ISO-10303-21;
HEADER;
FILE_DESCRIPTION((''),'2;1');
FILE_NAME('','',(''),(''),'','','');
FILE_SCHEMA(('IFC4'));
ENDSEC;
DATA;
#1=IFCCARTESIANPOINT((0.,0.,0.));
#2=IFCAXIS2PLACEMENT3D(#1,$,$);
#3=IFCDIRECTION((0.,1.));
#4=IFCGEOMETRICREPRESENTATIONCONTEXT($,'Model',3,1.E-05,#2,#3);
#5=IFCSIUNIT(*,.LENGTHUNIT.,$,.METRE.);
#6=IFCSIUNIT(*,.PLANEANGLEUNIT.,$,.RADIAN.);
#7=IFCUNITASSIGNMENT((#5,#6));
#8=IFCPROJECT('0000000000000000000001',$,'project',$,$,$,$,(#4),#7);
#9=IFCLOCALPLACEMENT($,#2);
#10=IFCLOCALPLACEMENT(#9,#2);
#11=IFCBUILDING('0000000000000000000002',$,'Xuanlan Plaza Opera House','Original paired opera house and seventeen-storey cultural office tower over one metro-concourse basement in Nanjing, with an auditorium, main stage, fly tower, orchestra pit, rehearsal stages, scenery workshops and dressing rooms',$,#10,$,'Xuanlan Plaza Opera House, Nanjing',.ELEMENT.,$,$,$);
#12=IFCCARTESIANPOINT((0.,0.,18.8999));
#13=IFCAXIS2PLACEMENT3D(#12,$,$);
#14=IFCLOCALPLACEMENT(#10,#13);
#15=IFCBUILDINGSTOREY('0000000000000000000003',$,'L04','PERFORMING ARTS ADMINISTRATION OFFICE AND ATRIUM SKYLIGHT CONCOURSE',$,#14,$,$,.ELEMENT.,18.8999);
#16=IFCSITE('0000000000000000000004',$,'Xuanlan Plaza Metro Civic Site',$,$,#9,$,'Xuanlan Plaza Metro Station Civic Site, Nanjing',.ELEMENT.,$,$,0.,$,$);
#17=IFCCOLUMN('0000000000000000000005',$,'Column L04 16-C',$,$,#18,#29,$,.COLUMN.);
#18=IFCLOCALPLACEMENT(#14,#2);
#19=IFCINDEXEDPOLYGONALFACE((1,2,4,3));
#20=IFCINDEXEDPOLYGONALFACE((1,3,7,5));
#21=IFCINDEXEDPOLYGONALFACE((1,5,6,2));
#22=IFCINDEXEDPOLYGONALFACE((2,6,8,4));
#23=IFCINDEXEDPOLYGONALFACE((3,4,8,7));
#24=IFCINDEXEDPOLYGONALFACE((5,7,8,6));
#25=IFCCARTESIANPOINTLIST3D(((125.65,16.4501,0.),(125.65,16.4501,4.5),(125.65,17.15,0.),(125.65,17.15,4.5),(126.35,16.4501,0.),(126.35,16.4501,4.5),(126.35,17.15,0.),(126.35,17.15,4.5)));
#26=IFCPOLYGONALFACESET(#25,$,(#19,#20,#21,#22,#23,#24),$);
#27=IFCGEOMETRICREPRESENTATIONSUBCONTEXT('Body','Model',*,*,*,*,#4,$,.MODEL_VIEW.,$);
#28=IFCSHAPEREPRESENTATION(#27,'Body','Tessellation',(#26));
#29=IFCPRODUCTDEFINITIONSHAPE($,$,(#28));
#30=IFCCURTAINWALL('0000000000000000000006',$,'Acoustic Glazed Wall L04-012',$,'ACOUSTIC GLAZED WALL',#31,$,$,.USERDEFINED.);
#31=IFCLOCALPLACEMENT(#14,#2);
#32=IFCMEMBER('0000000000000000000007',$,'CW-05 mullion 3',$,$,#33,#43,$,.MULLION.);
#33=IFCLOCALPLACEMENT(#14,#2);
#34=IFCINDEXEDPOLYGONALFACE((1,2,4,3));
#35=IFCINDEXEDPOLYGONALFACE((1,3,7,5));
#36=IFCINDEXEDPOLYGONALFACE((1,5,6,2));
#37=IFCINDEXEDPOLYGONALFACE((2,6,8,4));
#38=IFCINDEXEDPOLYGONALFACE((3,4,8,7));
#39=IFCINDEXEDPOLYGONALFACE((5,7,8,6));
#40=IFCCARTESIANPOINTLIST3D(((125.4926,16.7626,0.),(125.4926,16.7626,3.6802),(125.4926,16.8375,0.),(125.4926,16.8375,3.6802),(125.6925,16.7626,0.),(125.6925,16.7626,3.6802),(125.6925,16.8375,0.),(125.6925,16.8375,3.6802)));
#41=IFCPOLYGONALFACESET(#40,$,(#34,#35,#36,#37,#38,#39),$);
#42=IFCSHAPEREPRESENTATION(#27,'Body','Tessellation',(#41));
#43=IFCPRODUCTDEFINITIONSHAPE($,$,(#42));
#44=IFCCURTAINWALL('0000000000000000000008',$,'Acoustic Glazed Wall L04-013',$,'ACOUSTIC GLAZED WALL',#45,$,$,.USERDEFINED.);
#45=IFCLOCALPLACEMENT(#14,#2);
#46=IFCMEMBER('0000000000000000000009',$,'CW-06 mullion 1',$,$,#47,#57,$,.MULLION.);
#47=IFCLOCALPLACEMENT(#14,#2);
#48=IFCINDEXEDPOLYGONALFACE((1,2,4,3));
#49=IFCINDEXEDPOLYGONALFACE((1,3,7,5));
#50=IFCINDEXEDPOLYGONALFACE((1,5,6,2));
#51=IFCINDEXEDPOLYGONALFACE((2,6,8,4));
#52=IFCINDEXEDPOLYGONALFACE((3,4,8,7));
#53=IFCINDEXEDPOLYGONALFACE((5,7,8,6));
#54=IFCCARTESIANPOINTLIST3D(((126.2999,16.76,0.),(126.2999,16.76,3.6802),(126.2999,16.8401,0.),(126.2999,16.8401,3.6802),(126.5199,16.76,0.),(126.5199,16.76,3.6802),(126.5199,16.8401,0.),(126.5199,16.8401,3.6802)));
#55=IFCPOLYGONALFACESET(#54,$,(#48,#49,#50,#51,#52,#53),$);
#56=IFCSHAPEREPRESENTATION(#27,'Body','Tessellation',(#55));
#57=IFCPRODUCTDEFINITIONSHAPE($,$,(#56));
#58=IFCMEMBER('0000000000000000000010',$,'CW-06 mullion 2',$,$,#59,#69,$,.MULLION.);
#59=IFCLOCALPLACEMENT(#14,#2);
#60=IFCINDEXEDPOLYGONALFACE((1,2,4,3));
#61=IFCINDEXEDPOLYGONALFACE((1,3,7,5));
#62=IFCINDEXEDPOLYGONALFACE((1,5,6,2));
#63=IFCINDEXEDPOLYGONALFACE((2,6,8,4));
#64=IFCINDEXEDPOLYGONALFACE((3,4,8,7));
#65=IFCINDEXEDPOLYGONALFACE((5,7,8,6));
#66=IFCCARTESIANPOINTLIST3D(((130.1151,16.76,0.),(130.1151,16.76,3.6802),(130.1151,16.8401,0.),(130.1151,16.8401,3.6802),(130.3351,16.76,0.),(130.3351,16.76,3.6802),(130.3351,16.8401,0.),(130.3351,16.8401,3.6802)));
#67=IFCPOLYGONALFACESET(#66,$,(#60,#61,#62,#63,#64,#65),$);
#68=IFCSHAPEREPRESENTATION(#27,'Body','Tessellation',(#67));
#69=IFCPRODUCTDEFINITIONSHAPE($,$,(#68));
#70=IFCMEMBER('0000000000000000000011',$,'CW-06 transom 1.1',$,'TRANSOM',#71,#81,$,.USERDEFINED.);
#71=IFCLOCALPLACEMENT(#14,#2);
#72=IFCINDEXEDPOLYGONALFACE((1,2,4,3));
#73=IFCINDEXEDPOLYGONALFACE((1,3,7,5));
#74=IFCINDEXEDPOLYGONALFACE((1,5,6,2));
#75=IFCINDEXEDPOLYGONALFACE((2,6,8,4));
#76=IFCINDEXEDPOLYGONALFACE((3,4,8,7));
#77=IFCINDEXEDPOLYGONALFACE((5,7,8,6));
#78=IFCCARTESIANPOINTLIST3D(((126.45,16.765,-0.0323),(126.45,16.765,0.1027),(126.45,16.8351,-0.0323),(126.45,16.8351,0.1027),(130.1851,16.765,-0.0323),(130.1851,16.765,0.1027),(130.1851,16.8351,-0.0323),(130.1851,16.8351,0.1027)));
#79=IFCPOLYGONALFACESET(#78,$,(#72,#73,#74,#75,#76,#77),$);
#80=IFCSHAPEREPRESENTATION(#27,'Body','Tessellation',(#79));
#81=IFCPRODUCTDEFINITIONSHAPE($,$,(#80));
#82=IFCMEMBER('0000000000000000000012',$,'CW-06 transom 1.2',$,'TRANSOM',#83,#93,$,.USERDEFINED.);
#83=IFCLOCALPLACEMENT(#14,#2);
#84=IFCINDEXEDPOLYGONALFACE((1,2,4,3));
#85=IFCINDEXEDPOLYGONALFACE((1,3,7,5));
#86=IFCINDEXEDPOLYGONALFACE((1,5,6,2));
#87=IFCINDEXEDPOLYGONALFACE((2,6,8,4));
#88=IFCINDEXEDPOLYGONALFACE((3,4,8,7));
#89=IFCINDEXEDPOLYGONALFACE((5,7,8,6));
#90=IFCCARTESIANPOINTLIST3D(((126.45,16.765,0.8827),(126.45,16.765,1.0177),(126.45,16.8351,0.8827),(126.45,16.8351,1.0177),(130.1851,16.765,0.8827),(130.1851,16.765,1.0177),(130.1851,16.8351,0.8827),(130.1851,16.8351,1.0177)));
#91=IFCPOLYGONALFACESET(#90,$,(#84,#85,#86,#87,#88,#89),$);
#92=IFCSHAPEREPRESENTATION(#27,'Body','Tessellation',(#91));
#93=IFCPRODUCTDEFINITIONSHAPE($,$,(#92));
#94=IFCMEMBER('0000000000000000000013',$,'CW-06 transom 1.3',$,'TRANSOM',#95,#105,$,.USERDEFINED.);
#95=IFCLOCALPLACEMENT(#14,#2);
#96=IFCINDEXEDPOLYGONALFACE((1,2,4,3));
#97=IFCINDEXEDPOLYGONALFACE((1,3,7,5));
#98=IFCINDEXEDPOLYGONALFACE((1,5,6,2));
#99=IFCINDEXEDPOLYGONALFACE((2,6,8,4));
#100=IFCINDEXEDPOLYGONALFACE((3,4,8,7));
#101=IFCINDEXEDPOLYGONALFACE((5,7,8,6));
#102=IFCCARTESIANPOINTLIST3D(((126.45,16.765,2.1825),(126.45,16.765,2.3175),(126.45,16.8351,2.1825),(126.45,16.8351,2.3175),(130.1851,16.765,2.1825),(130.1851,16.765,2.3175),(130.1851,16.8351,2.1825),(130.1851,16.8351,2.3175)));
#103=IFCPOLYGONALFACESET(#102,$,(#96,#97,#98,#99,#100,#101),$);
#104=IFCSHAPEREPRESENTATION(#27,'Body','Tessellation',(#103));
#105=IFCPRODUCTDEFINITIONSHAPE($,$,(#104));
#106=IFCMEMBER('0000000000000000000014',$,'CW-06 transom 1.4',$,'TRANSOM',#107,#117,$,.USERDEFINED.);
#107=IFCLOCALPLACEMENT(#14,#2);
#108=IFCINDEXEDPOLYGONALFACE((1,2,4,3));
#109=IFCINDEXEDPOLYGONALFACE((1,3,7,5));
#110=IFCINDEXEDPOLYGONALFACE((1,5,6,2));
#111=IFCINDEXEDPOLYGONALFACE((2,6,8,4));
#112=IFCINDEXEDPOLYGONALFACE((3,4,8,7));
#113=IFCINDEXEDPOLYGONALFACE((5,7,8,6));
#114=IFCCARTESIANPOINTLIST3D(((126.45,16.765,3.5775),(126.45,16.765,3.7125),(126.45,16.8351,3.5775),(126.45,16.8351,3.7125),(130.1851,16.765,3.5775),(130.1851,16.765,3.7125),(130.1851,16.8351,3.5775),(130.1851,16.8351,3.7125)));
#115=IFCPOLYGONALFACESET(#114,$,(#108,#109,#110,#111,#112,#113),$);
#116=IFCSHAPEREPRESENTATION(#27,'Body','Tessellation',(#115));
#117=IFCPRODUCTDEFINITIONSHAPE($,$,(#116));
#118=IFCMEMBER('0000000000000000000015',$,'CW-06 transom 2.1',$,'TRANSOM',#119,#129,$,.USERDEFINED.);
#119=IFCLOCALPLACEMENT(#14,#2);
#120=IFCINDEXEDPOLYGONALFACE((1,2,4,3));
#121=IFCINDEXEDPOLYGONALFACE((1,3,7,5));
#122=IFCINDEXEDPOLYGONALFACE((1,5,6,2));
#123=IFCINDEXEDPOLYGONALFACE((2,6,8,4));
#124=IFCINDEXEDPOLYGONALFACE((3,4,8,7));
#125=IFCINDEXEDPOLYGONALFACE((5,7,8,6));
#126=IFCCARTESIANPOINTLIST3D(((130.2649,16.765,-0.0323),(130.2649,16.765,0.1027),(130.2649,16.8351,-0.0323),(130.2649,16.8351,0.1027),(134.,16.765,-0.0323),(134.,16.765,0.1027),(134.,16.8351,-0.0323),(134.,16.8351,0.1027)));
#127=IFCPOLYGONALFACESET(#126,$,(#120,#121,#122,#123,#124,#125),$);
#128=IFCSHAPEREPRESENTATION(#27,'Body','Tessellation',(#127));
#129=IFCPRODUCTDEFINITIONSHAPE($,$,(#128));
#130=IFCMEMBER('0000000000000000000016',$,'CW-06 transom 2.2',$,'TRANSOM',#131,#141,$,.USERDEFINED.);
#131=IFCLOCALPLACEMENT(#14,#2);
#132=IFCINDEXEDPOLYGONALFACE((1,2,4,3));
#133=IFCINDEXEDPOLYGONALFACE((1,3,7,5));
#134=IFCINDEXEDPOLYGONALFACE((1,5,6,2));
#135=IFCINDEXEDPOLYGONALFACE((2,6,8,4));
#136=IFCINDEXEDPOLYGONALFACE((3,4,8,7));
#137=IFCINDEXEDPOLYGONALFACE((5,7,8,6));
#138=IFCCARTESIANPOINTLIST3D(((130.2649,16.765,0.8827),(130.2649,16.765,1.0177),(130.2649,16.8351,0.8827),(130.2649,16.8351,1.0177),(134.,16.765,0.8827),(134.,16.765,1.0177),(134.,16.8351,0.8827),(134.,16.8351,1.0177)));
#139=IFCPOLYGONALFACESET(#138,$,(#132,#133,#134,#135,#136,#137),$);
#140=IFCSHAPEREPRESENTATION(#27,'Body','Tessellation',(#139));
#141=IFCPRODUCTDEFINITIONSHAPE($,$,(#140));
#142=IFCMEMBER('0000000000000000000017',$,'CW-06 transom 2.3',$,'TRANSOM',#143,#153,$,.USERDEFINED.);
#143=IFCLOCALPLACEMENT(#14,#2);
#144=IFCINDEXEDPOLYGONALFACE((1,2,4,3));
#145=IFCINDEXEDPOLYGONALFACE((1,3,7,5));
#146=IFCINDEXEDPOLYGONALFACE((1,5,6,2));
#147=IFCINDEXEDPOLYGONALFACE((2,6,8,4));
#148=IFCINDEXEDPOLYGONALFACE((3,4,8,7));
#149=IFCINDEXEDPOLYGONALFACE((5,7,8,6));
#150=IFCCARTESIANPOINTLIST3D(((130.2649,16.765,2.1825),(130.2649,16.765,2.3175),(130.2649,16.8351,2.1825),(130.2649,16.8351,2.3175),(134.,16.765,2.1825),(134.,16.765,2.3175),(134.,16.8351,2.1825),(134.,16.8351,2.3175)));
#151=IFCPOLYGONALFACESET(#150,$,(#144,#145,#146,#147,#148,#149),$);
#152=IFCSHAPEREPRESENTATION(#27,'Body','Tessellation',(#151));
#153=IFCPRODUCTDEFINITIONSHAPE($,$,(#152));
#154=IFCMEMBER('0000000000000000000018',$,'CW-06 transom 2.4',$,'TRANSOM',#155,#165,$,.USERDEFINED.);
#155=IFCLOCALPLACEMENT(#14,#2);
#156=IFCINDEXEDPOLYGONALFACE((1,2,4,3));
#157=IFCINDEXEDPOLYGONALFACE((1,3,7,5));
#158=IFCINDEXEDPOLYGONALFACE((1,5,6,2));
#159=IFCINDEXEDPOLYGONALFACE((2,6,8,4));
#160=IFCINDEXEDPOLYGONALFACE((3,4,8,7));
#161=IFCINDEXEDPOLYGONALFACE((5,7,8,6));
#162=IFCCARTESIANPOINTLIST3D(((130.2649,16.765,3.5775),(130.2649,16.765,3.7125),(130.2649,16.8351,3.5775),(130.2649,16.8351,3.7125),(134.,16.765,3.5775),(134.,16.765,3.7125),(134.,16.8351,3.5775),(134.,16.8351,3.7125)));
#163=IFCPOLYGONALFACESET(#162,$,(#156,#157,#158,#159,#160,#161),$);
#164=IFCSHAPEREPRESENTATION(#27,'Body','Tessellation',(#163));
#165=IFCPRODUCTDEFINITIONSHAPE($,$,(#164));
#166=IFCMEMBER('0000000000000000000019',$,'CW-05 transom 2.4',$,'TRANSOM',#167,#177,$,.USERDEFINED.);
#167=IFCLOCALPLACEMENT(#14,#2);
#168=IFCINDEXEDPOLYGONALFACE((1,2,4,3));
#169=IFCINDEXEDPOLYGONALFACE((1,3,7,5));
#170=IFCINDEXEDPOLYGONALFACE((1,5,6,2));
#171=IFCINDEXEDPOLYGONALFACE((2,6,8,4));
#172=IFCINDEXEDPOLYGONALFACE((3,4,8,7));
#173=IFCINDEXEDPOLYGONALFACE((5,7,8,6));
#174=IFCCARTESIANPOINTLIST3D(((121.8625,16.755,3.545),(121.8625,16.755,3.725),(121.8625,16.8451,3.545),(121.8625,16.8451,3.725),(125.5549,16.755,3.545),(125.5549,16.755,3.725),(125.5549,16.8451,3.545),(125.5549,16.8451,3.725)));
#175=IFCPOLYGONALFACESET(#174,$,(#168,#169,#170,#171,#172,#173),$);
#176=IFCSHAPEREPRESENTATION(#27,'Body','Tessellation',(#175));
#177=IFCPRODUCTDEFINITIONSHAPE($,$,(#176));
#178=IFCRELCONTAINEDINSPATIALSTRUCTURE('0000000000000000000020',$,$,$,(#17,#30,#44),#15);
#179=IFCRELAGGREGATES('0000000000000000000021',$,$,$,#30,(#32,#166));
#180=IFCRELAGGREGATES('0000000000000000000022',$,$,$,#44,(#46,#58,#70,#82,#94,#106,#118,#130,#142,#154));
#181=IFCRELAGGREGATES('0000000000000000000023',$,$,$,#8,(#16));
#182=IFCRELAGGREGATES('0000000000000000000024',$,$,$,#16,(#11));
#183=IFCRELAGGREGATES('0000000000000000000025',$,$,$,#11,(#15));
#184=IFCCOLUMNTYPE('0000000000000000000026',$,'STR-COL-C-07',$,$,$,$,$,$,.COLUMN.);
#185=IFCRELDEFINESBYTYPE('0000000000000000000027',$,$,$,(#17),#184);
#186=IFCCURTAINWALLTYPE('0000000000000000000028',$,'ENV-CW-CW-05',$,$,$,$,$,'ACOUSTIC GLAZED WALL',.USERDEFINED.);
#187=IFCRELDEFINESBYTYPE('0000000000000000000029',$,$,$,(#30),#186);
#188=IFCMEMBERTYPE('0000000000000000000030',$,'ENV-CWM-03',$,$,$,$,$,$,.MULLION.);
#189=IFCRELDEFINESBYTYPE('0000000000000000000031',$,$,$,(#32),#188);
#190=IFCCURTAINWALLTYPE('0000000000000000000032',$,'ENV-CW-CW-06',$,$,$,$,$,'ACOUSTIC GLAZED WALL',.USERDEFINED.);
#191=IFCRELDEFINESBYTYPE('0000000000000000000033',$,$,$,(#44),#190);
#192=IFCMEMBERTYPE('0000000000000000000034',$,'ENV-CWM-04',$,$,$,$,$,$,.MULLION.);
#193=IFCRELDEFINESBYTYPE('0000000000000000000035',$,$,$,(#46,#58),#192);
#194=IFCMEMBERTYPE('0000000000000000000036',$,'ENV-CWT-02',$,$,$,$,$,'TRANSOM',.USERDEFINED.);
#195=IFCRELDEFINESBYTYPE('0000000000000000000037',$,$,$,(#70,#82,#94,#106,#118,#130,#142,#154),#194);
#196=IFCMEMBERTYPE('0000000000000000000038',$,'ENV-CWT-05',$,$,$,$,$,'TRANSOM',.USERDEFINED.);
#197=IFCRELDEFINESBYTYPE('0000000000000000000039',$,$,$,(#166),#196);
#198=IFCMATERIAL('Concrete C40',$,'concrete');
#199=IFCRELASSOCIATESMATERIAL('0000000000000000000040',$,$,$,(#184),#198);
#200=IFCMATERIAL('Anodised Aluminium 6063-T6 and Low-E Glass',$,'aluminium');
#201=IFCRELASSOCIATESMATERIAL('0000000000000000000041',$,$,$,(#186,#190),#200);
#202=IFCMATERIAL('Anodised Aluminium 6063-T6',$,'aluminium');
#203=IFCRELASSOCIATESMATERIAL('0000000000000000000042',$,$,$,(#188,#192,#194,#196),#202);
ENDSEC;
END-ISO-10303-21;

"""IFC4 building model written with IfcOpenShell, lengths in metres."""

from ifc_helpers import new_model, si_unit, direction, frame, origin, origin_2d, place, context, subcontext, project, spatial, rectangle, extrude, material, material_profile, profile_set, type_object, element, aggregate, save


model = new_model("IFC4")

# Units and contexts
model_context = context("Model", 3, precision=1e-05, world=origin(), true_north=direction((0.0, 1.0)))
body_context = subcontext(model_context, "Body", "Model", "MODEL_VIEW")
ifc_project = project(units=[si_unit("LENGTHUNIT", "METRE"), si_unit("PLANEANGLEUNIT", "RADIAN")], contexts=[model_context])

# Site, building, storey
site_placement = place(None, origin())
site = spatial("IfcSite", under=ifc_project, at=site_placement, Name="Xuanlan Plaza Metro Civic Site", LongName="Xuanlan Plaza Metro Station Civic Site, Nanjing", CompositionType="ELEMENT", RefElevation=0.0)
building_placement = place(site_placement, origin())
building = spatial("IfcBuilding", under=site, at=building_placement, Name="Xuanlan Plaza Opera House", Description="Original paired opera house and seventeen-storey cultural office tower over one metro-concourse basement in Nanjing, with an auditorium, main stage, fly tower, orchestra pit, rehearsal stages, scenery workshops and dressing rooms", LongName="Xuanlan Plaza Opera House, Nanjing", CompositionType="ELEMENT")
storey_placement = place(building_placement, frame((0.0, 0.0, 18.8999)))
storey = spatial("IfcBuildingStorey", under=building, at=storey_placement, Name="L04", Description="PERFORMING ARTS ADMINISTRATION OFFICE AND ATRIUM SKYLIGHT CONCOURSE", CompositionType="ELEMENT", Elevation=18.8999)

# Column
ifc_material_1 = material(Name="Concrete C40", Category="concrete")
ifc_material_profile_1 = material_profile(ifc_material_1, rectangle(XDim=0.7, YDim=0.7, at=origin_2d()), Name="RC-COL 700x700")
ifc_profile_set_1 = profile_set([ifc_material_profile_1], Name="Concrete C40")
column_type = type_object("IfcColumnType", Name="STR-COL-C-07", PredefinedType="COLUMN", material=ifc_profile_set_1)
column_placement = place(storey_placement, frame((126.0, 16.8, 0.0), z_axis=(0.0, 0.0, 1.0), x_axis=(1.0, 0.0, 0.0)))
element("IfcColumn", 1, at=column_placement, inside=storey, type_object=column_type, Name="Column L04 16-C", PredefinedType="COLUMN", context=body_context, shape_type="SweptSolid", body=[
    extrude(rectangle(XDim=0.7, YDim=0.7, at=origin_2d()), origin(), (0.0, 0.0, 1.0), 4.5),
])

# Curtain wall, member
ifc_material_2 = material(Name="Anodised Aluminium 6063-T6 and Low-E Glass", Category="aluminium")
curtain_wall_type_1 = type_object("IfcCurtainWallType", Name="ENV-CW-CW-05", ElementType="ACOUSTIC GLAZED WALL", PredefinedType="USERDEFINED", material=ifc_material_2)
curtain_wall_1_placement = place(storey_placement, origin())
curtain_wall_1 = element("IfcCurtainWall", 2, at=curtain_wall_1_placement, inside=storey, type_object=curtain_wall_type_1, Name="Acoustic Glazed Wall L04-012", ObjectType="ACOUSTIC GLAZED WALL", PredefinedType="USERDEFINED")
ifc_material_3 = material(Name="Anodised Aluminium 6063-T6", Category="aluminium")
ifc_material_profile_2 = material_profile(ifc_material_3, rectangle(XDim=0.075, YDim=0.2, at=origin_2d()), Name="ALU-M 75x200")
ifc_profile_set_2 = profile_set([ifc_material_profile_2], Name="Anodised Aluminium 6063-T6")
member_type_1 = type_object("IfcMemberType", Name="ENV-CWM-03", PredefinedType="MULLION", material=ifc_profile_set_2)
member_1_placement = place(storey_placement, frame((125.5925, 16.8, 0.0), z_axis=(0.0, 0.0, 1.0), x_axis=(0.0, 1.0, 0.0)))
member_1 = element("IfcMember", 3, at=member_1_placement, type_object=member_type_1, Name="CW-05 mullion 3", PredefinedType="MULLION", context=body_context, shape_type="SweptSolid", body=[
    extrude(rectangle(XDim=0.075, YDim=0.2, at=origin_2d()), origin(), (0.0, 0.0, 1.0), 3.6802),
])

# Curtain wall, members
curtain_wall_type_2 = type_object("IfcCurtainWallType", Name="ENV-CW-CW-06", ElementType="ACOUSTIC GLAZED WALL", PredefinedType="USERDEFINED", material=ifc_material_2)
curtain_wall_2_placement = place(storey_placement, origin())
curtain_wall_2 = element("IfcCurtainWall", 4, at=curtain_wall_2_placement, inside=storey, type_object=curtain_wall_type_2, Name="Acoustic Glazed Wall L04-013", ObjectType="ACOUSTIC GLAZED WALL", PredefinedType="USERDEFINED")
ifc_material_profile_3 = material_profile(ifc_material_3, rectangle(XDim=0.0801, YDim=0.22, at=origin_2d()), Name="ALU-M 80x220")
ifc_profile_set_3 = profile_set([ifc_material_profile_3], Name="Anodised Aluminium 6063-T6")
member_type_2 = type_object("IfcMemberType", Name="ENV-CWM-04", PredefinedType="MULLION", material=ifc_profile_set_3)
member_2_placement = place(storey_placement, frame((126.4099, 16.8, 0.0), z_axis=(0.0, 0.0, 1.0), x_axis=(0.0, 1.0, 0.0)))
member_2 = element("IfcMember", 5, at=member_2_placement, type_object=member_type_2, Name="CW-06 mullion 1", PredefinedType="MULLION", context=body_context, shape_type="SweptSolid", body=[
    extrude(rectangle(XDim=0.0801, YDim=0.22, at=origin_2d()), origin(), (0.0, 0.0, 1.0), 3.6802),
])
member_3_placement = place(storey_placement, frame((130.2251, 16.8, 0.0), z_axis=(0.0, 0.0, 1.0), x_axis=(0.0, 1.0, 0.0)))
member_3 = element("IfcMember", 6, at=member_3_placement, type_object=member_type_2, Name="CW-06 mullion 2", PredefinedType="MULLION", context=body_context, shape_type="SweptSolid", body=[
    extrude(rectangle(XDim=0.0801, YDim=0.22, at=origin_2d()), origin(), (0.0, 0.0, 1.0), 3.6802),
])
ifc_material_profile_4 = material_profile(ifc_material_3, rectangle(XDim=0.0701, YDim=0.135, at=origin_2d()), Name="ALU-T 70x135")
ifc_profile_set_4 = profile_set([ifc_material_profile_4], Name="Anodised Aluminium 6063-T6")
member_type_3 = type_object("IfcMemberType", Name="ENV-CWT-02", ElementType="TRANSOM", PredefinedType="USERDEFINED", material=ifc_profile_set_4)
member_4_placement = place(storey_placement, frame((126.45, 16.8, 0.0352), z_axis=(1.0, 0.0, 0.0), x_axis=(0.0, 1.0, 0.0)))
member_4 = element("IfcMember", 7, at=member_4_placement, type_object=member_type_3, Name="CW-06 transom 1.1", ObjectType="TRANSOM", PredefinedType="USERDEFINED", context=body_context, shape_type="SweptSolid", body=[
    extrude(rectangle(XDim=0.0701, YDim=0.135, at=origin_2d()), origin(), (0.0, 0.0, 1.0), 3.7351),
])
member_5_placement = place(storey_placement, frame((126.45, 16.8, 0.9502), z_axis=(1.0, 0.0, 0.0), x_axis=(0.0, 1.0, 0.0)))
member_5 = element("IfcMember", 8, at=member_5_placement, type_object=member_type_3, Name="CW-06 transom 1.2", ObjectType="TRANSOM", PredefinedType="USERDEFINED", context=body_context, shape_type="SweptSolid", body=[
    extrude(rectangle(XDim=0.0701, YDim=0.135, at=origin_2d()), origin(), (0.0, 0.0, 1.0), 3.7351),
])
member_6_placement = place(storey_placement, frame((126.45, 16.8, 2.25), z_axis=(1.0, 0.0, 0.0), x_axis=(0.0, 1.0, 0.0)))
member_6 = element("IfcMember", 9, at=member_6_placement, type_object=member_type_3, Name="CW-06 transom 1.3", ObjectType="TRANSOM", PredefinedType="USERDEFINED", context=body_context, shape_type="SweptSolid", body=[
    extrude(rectangle(XDim=0.0701, YDim=0.135, at=origin_2d()), origin(), (0.0, 0.0, 1.0), 3.7351),
])
member_7_placement = place(storey_placement, frame((126.45, 16.8, 3.645), z_axis=(1.0, 0.0, 0.0), x_axis=(0.0, 1.0, 0.0)))
member_7 = element("IfcMember", 10, at=member_7_placement, type_object=member_type_3, Name="CW-06 transom 1.4", ObjectType="TRANSOM", PredefinedType="USERDEFINED", context=body_context, shape_type="SweptSolid", body=[
    extrude(rectangle(XDim=0.0701, YDim=0.135, at=origin_2d()), origin(), (0.0, 0.0, 1.0), 3.7351),
])
member_8_placement = place(storey_placement, frame((130.2649, 16.8, 0.0352), z_axis=(1.0, 0.0, 0.0), x_axis=(0.0, 1.0, 0.0)))
member_8 = element("IfcMember", 11, at=member_8_placement, type_object=member_type_3, Name="CW-06 transom 2.1", ObjectType="TRANSOM", PredefinedType="USERDEFINED", context=body_context, shape_type="SweptSolid", body=[
    extrude(rectangle(XDim=0.0701, YDim=0.135, at=origin_2d()), origin(), (0.0, 0.0, 1.0), 3.7351),
])
member_9_placement = place(storey_placement, frame((130.2649, 16.8, 0.9502), z_axis=(1.0, 0.0, 0.0), x_axis=(0.0, 1.0, 0.0)))
member_9 = element("IfcMember", 12, at=member_9_placement, type_object=member_type_3, Name="CW-06 transom 2.2", ObjectType="TRANSOM", PredefinedType="USERDEFINED", context=body_context, shape_type="SweptSolid", body=[
    extrude(rectangle(XDim=0.0701, YDim=0.135, at=origin_2d()), origin(), (0.0, 0.0, 1.0), 3.7351),
])
member_10_placement = place(storey_placement, frame((130.2649, 16.8, 2.25), z_axis=(1.0, 0.0, 0.0), x_axis=(0.0, 1.0, 0.0)))
member_10 = element("IfcMember", 13, at=member_10_placement, type_object=member_type_3, Name="CW-06 transom 2.3", ObjectType="TRANSOM", PredefinedType="USERDEFINED", context=body_context, shape_type="SweptSolid", body=[
    extrude(rectangle(XDim=0.0701, YDim=0.135, at=origin_2d()), origin(), (0.0, 0.0, 1.0), 3.7351),
])
member_11_placement = place(storey_placement, frame((130.2649, 16.8, 3.645), z_axis=(1.0, 0.0, 0.0), x_axis=(0.0, 1.0, 0.0)))
member_11 = element("IfcMember", 14, at=member_11_placement, type_object=member_type_3, Name="CW-06 transom 2.4", ObjectType="TRANSOM", PredefinedType="USERDEFINED", context=body_context, shape_type="SweptSolid", body=[
    extrude(rectangle(XDim=0.0701, YDim=0.135, at=origin_2d()), origin(), (0.0, 0.0, 1.0), 3.7351),
])

# Member
ifc_material_profile_5 = material_profile(ifc_material_3, rectangle(XDim=0.0901, YDim=0.1799, at=origin_2d()), Name="ALU-T 90x180")
ifc_profile_set_5 = profile_set([ifc_material_profile_5], Name="Anodised Aluminium 6063-T6")
member_type_4 = type_object("IfcMemberType", Name="ENV-CWT-05", ElementType="TRANSOM", PredefinedType="USERDEFINED", material=ifc_profile_set_5)
member_12_placement = place(storey_placement, frame((121.8625, 16.8, 3.635), z_axis=(1.0, 0.0, 0.0), x_axis=(0.0, 1.0, 0.0)))
member_12 = element("IfcMember", 15, at=member_12_placement, type_object=member_type_4, Name="CW-05 transom 2.4", ObjectType="TRANSOM", PredefinedType="USERDEFINED", context=body_context, shape_type="SweptSolid", body=[
    extrude(rectangle(XDim=0.0901, YDim=0.1799, at=origin_2d()), origin(), (0.0, 0.0, 1.0), 3.6924),
])

aggregate(curtain_wall_1, [member_1, member_12])
aggregate(curtain_wall_2, [member_2, member_3, member_4, member_5, member_6, member_7, member_8, member_9, member_10, member_11])

save(model, "model.ifc")
